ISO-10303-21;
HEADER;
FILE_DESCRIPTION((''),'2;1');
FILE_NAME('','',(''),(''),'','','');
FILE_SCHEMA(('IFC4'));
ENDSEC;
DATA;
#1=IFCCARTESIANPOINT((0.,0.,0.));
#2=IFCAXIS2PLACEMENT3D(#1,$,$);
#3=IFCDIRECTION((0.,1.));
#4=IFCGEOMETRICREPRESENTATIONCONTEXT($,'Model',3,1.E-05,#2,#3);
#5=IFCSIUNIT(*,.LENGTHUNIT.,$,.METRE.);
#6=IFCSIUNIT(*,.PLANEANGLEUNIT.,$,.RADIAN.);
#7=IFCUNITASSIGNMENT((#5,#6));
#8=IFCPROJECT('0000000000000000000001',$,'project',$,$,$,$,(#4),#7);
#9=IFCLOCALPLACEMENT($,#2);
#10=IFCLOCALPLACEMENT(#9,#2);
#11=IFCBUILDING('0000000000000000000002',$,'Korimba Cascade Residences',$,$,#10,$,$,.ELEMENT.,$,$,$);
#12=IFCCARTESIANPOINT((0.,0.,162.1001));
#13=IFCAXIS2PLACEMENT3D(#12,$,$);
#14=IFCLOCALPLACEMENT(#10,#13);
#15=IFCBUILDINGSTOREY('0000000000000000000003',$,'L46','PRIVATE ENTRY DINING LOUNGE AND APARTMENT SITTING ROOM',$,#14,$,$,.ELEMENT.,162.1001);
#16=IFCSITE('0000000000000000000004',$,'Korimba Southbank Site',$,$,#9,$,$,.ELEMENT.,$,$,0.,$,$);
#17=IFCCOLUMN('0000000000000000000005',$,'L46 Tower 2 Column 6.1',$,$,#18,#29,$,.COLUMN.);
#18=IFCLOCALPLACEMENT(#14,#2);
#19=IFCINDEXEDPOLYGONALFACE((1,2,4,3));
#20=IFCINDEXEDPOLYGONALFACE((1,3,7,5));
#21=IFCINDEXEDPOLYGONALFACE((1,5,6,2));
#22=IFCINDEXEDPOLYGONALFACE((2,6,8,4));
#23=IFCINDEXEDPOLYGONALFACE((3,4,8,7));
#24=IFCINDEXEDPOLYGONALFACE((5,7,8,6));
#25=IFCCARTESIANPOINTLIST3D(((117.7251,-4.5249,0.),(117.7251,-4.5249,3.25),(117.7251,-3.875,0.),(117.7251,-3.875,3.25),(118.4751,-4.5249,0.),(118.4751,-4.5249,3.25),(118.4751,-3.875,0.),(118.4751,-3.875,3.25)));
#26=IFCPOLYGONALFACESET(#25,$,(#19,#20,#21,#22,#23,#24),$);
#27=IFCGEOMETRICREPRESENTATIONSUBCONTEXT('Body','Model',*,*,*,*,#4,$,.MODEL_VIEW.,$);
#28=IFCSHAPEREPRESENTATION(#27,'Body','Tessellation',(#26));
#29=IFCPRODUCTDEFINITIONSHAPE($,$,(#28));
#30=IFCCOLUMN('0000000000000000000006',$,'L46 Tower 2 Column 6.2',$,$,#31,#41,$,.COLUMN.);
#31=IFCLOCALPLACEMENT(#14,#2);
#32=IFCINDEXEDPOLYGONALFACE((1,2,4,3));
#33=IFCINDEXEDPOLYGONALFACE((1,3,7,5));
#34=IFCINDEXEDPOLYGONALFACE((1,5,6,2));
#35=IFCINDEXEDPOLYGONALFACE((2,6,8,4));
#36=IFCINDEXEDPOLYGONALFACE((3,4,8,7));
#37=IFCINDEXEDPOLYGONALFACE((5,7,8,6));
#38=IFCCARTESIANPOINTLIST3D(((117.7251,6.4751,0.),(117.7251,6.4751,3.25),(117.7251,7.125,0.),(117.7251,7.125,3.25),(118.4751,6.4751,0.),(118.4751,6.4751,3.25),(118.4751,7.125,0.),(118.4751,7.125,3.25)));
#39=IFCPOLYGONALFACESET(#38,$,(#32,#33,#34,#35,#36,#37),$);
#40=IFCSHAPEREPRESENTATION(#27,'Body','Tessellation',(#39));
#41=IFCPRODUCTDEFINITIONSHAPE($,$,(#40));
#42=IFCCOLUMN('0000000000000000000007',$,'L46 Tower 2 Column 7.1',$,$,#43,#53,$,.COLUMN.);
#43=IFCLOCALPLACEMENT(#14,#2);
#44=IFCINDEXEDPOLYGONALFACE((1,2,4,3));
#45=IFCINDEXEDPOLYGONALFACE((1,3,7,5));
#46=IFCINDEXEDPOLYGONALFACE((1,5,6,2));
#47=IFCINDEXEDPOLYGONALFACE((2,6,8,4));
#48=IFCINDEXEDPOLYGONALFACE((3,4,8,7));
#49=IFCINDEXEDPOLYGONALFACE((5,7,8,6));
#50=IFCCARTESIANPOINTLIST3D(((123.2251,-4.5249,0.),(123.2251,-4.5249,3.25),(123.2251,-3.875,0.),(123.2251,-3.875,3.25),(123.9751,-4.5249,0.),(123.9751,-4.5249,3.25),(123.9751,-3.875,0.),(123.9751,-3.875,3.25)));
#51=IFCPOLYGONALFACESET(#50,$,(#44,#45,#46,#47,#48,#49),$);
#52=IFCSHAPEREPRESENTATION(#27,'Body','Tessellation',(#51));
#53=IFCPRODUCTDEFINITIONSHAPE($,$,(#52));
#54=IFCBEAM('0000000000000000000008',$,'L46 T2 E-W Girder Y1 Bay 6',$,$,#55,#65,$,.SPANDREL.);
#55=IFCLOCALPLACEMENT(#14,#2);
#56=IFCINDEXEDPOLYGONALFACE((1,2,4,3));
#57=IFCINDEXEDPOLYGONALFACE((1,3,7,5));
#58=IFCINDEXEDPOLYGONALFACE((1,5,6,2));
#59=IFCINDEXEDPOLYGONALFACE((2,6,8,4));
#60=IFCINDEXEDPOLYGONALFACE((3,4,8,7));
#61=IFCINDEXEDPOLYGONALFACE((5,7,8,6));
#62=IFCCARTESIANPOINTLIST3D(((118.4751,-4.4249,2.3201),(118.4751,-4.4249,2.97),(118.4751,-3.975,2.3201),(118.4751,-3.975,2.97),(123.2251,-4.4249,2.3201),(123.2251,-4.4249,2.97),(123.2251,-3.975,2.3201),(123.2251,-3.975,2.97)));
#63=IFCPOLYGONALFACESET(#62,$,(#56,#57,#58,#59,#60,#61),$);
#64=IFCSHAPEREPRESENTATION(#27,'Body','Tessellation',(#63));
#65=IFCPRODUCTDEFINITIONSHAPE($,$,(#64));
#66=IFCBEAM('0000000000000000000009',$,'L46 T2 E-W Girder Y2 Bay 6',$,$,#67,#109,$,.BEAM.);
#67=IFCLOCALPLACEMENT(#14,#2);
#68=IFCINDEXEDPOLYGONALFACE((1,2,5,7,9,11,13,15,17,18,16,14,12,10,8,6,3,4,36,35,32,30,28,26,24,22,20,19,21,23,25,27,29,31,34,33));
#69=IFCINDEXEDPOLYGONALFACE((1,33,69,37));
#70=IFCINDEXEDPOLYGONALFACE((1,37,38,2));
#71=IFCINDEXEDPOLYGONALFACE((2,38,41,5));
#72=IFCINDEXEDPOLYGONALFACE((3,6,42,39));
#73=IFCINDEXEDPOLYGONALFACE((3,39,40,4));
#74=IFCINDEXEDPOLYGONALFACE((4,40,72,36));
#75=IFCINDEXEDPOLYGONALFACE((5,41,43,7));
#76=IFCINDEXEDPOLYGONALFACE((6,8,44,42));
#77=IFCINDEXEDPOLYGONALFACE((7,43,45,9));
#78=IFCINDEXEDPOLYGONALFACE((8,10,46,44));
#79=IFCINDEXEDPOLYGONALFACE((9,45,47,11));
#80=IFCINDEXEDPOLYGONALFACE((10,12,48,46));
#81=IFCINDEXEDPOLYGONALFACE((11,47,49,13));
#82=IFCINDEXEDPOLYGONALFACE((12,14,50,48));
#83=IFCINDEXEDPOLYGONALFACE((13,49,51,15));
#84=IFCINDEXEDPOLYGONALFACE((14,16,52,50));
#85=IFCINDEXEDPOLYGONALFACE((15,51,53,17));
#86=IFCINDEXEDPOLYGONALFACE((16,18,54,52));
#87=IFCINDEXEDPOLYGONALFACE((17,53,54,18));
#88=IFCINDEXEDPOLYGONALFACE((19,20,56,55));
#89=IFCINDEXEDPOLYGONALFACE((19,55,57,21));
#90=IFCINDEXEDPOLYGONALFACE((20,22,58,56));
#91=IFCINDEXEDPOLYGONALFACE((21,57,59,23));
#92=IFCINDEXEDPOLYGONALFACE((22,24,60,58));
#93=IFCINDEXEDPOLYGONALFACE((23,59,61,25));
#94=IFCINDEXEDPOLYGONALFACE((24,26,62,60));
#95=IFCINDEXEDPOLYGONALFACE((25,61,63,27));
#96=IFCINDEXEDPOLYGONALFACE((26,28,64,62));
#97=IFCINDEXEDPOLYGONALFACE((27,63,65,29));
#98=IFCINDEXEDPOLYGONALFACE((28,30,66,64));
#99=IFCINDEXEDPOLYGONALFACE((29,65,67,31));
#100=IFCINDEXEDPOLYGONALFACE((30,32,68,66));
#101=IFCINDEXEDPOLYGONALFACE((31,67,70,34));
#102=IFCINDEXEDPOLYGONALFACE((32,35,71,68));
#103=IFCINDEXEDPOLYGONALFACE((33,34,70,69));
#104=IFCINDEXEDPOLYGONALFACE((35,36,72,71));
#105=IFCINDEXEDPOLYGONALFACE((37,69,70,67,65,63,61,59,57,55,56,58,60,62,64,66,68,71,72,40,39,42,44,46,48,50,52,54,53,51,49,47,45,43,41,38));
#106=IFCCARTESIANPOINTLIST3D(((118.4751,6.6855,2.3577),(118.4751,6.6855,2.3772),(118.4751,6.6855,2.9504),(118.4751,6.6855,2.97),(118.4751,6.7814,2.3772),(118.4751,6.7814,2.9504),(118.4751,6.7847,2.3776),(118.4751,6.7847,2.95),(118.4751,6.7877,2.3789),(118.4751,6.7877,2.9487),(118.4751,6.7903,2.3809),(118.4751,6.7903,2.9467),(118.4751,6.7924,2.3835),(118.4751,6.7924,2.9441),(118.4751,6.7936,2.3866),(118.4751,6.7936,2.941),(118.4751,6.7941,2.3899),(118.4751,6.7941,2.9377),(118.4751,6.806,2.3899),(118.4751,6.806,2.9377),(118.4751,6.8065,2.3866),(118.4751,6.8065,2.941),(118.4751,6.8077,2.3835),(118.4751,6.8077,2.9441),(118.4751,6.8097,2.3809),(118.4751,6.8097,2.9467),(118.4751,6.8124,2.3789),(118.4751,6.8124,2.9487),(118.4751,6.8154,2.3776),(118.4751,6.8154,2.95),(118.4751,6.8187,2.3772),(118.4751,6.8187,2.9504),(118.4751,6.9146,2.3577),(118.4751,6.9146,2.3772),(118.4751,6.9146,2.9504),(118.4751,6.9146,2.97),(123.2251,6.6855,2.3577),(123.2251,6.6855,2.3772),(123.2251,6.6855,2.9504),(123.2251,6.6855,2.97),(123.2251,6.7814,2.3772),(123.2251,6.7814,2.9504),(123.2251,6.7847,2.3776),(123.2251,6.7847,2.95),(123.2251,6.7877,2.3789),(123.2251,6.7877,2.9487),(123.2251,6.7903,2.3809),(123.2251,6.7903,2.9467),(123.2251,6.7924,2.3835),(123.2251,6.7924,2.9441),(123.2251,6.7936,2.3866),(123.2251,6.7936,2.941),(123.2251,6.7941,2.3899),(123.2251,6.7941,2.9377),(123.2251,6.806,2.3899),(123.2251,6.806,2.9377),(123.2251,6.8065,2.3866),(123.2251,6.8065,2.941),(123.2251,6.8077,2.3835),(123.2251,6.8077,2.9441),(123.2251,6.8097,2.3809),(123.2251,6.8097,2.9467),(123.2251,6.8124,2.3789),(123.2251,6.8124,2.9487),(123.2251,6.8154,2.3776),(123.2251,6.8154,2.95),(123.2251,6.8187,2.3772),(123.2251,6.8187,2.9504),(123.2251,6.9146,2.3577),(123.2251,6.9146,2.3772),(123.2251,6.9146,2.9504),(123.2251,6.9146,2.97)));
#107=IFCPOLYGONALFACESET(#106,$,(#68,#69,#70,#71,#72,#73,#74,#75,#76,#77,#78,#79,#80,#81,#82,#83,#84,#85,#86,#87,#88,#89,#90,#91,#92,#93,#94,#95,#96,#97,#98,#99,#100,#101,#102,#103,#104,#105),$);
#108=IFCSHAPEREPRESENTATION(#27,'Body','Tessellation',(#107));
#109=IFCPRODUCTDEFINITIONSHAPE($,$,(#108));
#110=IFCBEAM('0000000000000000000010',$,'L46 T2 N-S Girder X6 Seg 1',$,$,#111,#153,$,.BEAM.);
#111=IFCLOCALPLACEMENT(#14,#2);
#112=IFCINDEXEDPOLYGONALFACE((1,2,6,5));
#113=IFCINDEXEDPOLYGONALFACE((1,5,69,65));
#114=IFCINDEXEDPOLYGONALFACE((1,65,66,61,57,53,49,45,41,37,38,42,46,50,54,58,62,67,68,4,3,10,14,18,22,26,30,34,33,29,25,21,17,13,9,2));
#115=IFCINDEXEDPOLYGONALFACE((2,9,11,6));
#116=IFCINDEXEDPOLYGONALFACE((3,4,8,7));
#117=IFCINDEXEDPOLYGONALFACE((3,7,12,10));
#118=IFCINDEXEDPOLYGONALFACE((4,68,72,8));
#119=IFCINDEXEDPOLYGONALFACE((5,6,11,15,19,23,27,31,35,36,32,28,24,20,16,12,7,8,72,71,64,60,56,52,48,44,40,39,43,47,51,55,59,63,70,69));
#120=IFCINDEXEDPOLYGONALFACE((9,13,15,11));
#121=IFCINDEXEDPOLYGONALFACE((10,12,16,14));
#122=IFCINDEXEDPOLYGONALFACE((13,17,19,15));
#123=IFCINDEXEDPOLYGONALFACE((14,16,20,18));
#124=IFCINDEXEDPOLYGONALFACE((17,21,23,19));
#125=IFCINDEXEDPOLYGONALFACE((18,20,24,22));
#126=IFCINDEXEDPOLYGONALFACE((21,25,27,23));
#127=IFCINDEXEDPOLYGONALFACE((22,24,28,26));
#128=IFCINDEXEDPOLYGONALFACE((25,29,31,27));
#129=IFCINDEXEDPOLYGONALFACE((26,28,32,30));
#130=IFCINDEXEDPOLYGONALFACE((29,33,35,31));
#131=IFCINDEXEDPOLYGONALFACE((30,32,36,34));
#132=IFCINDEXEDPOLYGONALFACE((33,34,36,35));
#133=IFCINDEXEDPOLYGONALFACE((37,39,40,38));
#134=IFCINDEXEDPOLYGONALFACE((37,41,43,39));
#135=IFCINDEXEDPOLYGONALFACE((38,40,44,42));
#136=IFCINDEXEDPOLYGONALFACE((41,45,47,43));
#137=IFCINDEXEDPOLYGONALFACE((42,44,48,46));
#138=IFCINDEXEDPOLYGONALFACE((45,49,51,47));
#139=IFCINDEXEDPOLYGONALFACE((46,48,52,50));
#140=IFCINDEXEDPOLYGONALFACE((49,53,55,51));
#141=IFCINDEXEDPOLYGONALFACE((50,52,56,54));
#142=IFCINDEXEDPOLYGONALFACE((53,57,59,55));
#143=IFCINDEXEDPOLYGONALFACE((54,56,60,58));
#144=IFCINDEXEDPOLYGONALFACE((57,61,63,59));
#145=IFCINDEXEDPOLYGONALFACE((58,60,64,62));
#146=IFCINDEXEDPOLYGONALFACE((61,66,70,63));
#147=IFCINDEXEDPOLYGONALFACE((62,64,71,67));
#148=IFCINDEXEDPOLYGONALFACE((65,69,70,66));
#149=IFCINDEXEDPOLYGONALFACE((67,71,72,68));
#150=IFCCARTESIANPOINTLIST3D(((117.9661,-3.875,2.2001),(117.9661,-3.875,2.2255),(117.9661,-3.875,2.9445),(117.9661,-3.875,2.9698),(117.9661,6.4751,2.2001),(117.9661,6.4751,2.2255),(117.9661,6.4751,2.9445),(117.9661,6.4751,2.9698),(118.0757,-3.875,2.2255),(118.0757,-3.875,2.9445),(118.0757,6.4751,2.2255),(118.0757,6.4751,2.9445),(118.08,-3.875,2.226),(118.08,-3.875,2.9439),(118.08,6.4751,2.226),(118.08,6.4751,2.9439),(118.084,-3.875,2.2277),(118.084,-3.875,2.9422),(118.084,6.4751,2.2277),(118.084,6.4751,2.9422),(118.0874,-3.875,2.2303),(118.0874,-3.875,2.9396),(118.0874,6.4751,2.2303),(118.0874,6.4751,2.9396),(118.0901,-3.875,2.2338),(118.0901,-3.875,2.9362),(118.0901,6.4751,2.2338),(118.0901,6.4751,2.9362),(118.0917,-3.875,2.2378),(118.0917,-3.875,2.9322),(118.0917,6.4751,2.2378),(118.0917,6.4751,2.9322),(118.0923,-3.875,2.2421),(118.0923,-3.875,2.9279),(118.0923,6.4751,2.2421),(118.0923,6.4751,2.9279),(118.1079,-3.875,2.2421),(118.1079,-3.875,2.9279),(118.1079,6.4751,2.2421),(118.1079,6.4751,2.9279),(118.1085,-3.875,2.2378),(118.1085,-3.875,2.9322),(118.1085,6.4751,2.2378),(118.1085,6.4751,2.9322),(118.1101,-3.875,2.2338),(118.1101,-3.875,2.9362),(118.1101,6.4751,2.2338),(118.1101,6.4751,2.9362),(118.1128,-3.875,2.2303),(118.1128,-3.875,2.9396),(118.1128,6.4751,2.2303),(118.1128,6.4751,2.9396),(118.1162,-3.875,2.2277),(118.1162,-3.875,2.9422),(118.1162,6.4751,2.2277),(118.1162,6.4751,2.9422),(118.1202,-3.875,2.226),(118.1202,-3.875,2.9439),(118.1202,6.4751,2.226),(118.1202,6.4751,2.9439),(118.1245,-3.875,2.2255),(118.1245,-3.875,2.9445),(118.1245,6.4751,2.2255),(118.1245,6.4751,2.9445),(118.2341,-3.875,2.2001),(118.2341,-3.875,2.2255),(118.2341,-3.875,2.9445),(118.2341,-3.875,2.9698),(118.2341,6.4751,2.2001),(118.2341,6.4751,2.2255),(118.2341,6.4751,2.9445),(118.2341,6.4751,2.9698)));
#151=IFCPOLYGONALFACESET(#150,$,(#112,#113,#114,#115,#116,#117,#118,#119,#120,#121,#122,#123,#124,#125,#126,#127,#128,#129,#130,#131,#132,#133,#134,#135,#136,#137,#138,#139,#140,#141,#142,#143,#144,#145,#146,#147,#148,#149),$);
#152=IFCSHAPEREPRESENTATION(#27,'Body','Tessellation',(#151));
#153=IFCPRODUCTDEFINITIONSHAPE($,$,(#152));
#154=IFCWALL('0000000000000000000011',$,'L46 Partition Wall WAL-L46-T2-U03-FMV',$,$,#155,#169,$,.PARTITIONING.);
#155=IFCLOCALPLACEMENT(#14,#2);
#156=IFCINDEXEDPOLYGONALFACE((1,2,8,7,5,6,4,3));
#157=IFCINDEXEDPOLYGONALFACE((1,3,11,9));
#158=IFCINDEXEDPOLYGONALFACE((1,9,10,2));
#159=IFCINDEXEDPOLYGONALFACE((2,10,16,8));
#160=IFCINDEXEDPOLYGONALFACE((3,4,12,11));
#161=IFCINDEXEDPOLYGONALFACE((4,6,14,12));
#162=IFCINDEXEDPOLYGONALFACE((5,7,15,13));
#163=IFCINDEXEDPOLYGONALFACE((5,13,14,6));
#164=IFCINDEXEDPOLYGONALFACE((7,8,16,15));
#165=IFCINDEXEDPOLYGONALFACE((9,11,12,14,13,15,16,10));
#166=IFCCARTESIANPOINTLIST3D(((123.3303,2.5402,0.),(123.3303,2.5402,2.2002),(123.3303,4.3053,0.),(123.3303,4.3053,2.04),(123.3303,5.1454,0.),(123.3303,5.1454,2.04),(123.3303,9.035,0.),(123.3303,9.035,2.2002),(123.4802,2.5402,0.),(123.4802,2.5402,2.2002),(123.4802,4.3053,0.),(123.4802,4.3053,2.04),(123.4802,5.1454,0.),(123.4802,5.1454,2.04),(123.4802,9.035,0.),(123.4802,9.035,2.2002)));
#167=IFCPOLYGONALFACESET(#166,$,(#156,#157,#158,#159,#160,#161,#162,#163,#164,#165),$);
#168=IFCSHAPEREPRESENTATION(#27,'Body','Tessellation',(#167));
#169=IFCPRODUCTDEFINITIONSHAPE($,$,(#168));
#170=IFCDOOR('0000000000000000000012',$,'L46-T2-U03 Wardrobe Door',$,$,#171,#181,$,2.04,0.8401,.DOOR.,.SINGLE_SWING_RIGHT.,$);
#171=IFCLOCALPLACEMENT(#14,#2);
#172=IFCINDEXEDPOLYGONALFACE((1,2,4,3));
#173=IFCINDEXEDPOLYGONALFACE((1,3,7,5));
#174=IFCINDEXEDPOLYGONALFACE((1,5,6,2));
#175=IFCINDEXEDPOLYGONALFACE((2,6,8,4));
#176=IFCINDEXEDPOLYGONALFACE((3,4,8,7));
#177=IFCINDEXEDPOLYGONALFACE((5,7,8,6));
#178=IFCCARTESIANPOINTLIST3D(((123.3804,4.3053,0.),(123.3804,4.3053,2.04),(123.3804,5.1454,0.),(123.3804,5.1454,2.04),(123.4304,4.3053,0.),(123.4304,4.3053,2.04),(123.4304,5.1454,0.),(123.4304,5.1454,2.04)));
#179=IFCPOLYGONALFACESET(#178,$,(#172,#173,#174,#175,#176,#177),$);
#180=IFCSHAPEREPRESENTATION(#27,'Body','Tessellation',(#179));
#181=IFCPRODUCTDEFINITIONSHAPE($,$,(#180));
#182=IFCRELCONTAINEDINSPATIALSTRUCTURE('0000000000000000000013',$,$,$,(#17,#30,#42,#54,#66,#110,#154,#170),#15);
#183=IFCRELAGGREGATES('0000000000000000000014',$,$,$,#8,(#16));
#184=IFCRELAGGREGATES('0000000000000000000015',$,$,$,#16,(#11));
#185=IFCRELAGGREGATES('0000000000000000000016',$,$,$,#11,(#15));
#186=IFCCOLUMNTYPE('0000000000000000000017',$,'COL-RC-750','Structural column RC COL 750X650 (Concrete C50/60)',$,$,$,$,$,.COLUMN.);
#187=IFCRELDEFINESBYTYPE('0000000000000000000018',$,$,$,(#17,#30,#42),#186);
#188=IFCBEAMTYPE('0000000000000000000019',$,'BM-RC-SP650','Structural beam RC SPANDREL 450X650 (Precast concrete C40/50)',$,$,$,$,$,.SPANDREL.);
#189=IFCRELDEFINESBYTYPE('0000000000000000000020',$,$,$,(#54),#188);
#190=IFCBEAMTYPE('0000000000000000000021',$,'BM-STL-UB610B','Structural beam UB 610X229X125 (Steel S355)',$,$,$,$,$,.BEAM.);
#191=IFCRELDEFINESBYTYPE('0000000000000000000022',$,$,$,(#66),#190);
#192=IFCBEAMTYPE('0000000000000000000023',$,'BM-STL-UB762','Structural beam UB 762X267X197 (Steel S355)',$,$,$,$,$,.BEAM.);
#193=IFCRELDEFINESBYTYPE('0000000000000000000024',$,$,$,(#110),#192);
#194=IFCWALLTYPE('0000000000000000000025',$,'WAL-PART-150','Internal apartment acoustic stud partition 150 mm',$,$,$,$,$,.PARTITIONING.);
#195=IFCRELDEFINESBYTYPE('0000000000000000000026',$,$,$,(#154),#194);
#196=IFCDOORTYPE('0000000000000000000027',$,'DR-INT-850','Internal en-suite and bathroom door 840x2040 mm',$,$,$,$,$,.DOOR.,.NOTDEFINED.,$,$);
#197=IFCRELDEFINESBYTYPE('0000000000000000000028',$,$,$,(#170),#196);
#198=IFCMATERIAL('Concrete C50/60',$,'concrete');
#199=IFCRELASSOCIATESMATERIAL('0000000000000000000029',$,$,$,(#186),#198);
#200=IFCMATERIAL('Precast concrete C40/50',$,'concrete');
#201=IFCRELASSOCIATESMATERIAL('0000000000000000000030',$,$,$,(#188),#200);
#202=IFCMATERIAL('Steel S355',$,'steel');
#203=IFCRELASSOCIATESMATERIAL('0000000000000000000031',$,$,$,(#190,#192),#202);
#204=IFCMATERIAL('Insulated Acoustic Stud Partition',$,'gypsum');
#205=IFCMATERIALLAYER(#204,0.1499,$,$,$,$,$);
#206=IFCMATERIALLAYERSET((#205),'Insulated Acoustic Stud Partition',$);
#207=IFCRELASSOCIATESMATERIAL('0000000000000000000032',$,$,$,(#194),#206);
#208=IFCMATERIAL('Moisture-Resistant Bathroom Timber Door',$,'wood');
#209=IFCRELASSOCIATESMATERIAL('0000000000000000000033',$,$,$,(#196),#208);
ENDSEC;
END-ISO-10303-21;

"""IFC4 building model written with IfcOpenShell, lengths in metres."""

from ifc_helpers import new_model, si_unit, direction, frame, frame_2d, origin, origin_2d, place, context, subcontext, project, spatial, rectangle, i_section, extrude, material, layer, layer_set, material_profile, profile_set, type_object, element, fill, save


model = new_model("IFC4")

# Units and contexts
model_context = context("Model", 3, precision=1e-05, world=origin(), true_north=direction((0.0, 1.0)))
body_context = subcontext(model_context, "Body", "Model", "MODEL_VIEW")
ifc_project = project(units=[si_unit("LENGTHUNIT", "METRE"), si_unit("PLANEANGLEUNIT", "RADIAN")], contexts=[model_context])

# Site, building, storey
site_placement = place(None, origin())
site = spatial("IfcSite", under=ifc_project, at=site_placement, Name="Korimba Southbank Site", CompositionType="ELEMENT", RefElevation=0.0)
building_placement = place(site_placement, origin())
building = spatial("IfcBuilding", under=site, at=building_placement, Name="Korimba Cascade Residences", CompositionType="ELEMENT")
storey_placement = place(building_placement, frame((0.0, 0.0, 162.1001)))
storey = spatial("IfcBuildingStorey", under=building, at=storey_placement, Name="L46", Description="PRIVATE ENTRY DINING LOUNGE AND APARTMENT SITTING ROOM", CompositionType="ELEMENT", Elevation=162.1001)

# Columns
ifc_material_1 = material(Name="Concrete C50/60", Category="concrete")
ifc_material_profile_1 = material_profile(ifc_material_1, rectangle(XDim=0.75, YDim=0.6499, at=origin_2d()), Name="Concrete C50/60")
ifc_profile_set_1 = profile_set([ifc_material_profile_1], Name="Concrete C50/60")
column_type = type_object("IfcColumnType", Name="COL-RC-750", Description="Structural column RC COL 750X650 (Concrete C50/60)", PredefinedType="COLUMN", material=ifc_profile_set_1)
for number, where, z_axis, x_axis, name in (
    (1, (118.1001, -4.2, 0.0), (0.0, 0.0, 1.0), (1.0, 0.0, 0.0), "L46 Tower 2 Column 6.1"),
    (2, (118.1001, 6.8, 0.0), (0.0, 0.0, 1.0), (1.0, 0.0, 0.0), "L46 Tower 2 Column 6.2"),
    (3, (123.6001, -4.2, 0.0), (0.0, 0.0, 1.0), (1.0, 0.0, 0.0), "L46 Tower 2 Column 7.1"),
):
    element("IfcColumn", number, at=place(storey_placement, frame(where, z_axis=z_axis, x_axis=x_axis)), inside=storey, type_object=column_type, Name=name, PredefinedType="COLUMN", context=body_context, shape_type="SweptSolid", body=[
        extrude(rectangle(XDim=0.75, YDim=0.6499, at=origin_2d()), origin(), (0.0, 0.0, 1.0), 3.25),
    ])

# Beams
ifc_material_2 = material(Name="Precast concrete C40/50", Category="concrete")
ifc_material_profile_2 = material_profile(ifc_material_2, rectangle(XDim=0.45, YDim=0.6499, at=origin_2d()), Name="Precast concrete C40/50")
ifc_profile_set_2 = profile_set([ifc_material_profile_2], Name="Precast concrete C40/50")
beam_type_1 = type_object("IfcBeamType", Name="BM-RC-SP650", Description="Structural beam RC SPANDREL 450X650 (Precast concrete C40/50)", PredefinedType="SPANDREL", material=ifc_profile_set_2)
beam_1_placement = place(storey_placement, frame((118.4751, -4.2, 2.645), z_axis=(1.0, 0.0, 0.0), x_axis=(0.0, 1.0, 0.0)))
element("IfcBeam", 4, at=beam_1_placement, inside=storey, type_object=beam_type_1, Name="L46 T2 E-W Girder Y1 Bay 6", PredefinedType="SPANDREL", context=body_context, shape_type="SweptSolid", body=[
    extrude(rectangle(XDim=0.45, YDim=0.6499, at=origin_2d()), origin(), (0.0, 0.0, 1.0), 4.75),
])
ifc_material_3 = material(Name="Steel S355", Category="steel")
ifc_material_profile_3 = material_profile(ifc_material_3, i_section(OverallWidth=0.229, OverallDepth=0.6123, WebThickness=0.012, FlangeThickness=0.0195, FilletRadius=0.0127, at=origin_2d()), Name="Steel S355")
ifc_profile_set_3 = profile_set([ifc_material_profile_3], Name="Steel S355")
beam_type_2 = type_object("IfcBeamType", Name="BM-STL-UB610B", Description="Structural beam UB 610X229X125 (Steel S355)", PredefinedType="BEAM", material=ifc_profile_set_3)
beam_2_placement = place(storey_placement, frame((118.4751, 6.8, 2.6638), z_axis=(1.0, 0.0, 0.0), x_axis=(0.0, 1.0, 0.0)))
element("IfcBeam", 5, at=beam_2_placement, inside=storey, type_object=beam_type_2, Name="L46 T2 E-W Girder Y2 Bay 6", PredefinedType="BEAM", context=body_context, shape_type="SweptSolid", body=[
    extrude(i_section(OverallWidth=0.229, OverallDepth=0.6123, WebThickness=0.012, FlangeThickness=0.0195, FilletRadius=0.0127, at=origin_2d()), origin(), (0.0, 0.0, 1.0), 4.75),
])
ifc_material_profile_4 = material_profile(ifc_material_3, i_section(OverallWidth=0.2681, OverallDepth=0.7698, WebThickness=0.0156, FlangeThickness=0.0254, FilletRadius=0.0166, at=origin_2d()), Name="Steel S355")
ifc_profile_set_4 = profile_set([ifc_material_profile_4], Name="Steel S355")
beam_type_3 = type_object("IfcBeamType", Name="BM-STL-UB762", Description="Structural beam UB 762X267X197 (Steel S355)", PredefinedType="BEAM", material=ifc_profile_set_4)
beam_3_placement = place(storey_placement, frame((118.1001, -3.875, 2.585), z_axis=(0.0, 1.0, 0.0), x_axis=(-1.0, 0.0, 0.0)))
element("IfcBeam", 6, at=beam_3_placement, inside=storey, type_object=beam_type_3, Name="L46 T2 N-S Girder X6 Seg 1", PredefinedType="BEAM", context=body_context, shape_type="SweptSolid", body=[
    extrude(i_section(OverallWidth=0.2681, OverallDepth=0.7698, WebThickness=0.0156, FlangeThickness=0.0254, FilletRadius=0.0166, at=origin_2d()), origin(), (0.0, 0.0, 1.0), 10.3501),
])

# Wall, opening, door
ifc_material_4 = material(Name="Insulated Acoustic Stud Partition", Category="gypsum")
ifc_layer = layer(ifc_material_4, 0.1499)
ifc_layer_set = layer_set([ifc_layer], Name="Insulated Acoustic Stud Partition")
wall_type = type_object("IfcWallType", Name="WAL-PART-150", Description="Internal apartment acoustic stud partition 150 mm", PredefinedType="PARTITIONING", material=ifc_layer_set)
wall_1_placement = place(storey_placement, frame((123.4053, 2.54, 0.0), z_axis=(0.0, 0.0, 1.0), x_axis=(0.0, 1.0, 0.0)))
wall_1 = element("IfcWall", 7, at=wall_1_placement, inside=storey, type_object=wall_type, Name="L46 Partition Wall WAL-L46-T2-U03-FMV", PredefinedType="PARTITIONING", context=body_context, shape_type="SweptSolid", body=[
    extrude(rectangle(XDim=6.4949, YDim=0.1499, at=frame_2d((3.2476, 0.0))), origin(), (0.0, 0.0, 1.0), 2.2002),
])
opening_1_placement = place(wall_1_placement, frame((1.7654, 0.0, 0.0)))
opening_1 = element("IfcOpeningElement", 8, at=opening_1_placement, cuts=wall_1, PredefinedType="OPENING", context=body_context, shape_type="SweptSolid", body=[
    extrude(rectangle(XDim=0.8401, YDim=2.04, at=frame_2d((0.4199, 1.02))), frame((0.0, 0.085, 0.0), z_axis=(0.0, -1.0, 0.0), x_axis=(1.0, 0.0, 0.0)), (0.0, 0.0, 1.0), 0.1699),
])
ifc_material_5 = material(Name="Moisture-Resistant Bathroom Timber Door", Category="wood")
door_type_1 = type_object("IfcDoorType", Name="DR-INT-850", Description="Internal en-suite and bathroom door 840x2040 mm", OperationType="NOTDEFINED", PredefinedType="DOOR", material=ifc_material_5)
door_1_placement = place(opening_1_placement, origin())
door_1 = element("IfcDoor", 9, at=door_1_placement, inside=storey, type_object=door_type_1, Name="L46-T2-U03 Wardrobe Door", OperationType="SINGLE_SWING_RIGHT", OverallHeight=2.04, OverallWidth=0.8401, PredefinedType="DOOR", context=body_context, shape_type="SweptSolid", body=[
    extrude(rectangle(XDim=0.8401, YDim=2.04, at=frame_2d((0.4199, 1.02))), frame((0.0, 0.0249, 0.0), z_axis=(0.0, -1.0, 0.0), x_axis=(1.0, 0.0, 0.0)), (0.0, 0.0, 1.0), 0.05),
])
fill(opening_1, door_1)

save(model, "model.ifc")
